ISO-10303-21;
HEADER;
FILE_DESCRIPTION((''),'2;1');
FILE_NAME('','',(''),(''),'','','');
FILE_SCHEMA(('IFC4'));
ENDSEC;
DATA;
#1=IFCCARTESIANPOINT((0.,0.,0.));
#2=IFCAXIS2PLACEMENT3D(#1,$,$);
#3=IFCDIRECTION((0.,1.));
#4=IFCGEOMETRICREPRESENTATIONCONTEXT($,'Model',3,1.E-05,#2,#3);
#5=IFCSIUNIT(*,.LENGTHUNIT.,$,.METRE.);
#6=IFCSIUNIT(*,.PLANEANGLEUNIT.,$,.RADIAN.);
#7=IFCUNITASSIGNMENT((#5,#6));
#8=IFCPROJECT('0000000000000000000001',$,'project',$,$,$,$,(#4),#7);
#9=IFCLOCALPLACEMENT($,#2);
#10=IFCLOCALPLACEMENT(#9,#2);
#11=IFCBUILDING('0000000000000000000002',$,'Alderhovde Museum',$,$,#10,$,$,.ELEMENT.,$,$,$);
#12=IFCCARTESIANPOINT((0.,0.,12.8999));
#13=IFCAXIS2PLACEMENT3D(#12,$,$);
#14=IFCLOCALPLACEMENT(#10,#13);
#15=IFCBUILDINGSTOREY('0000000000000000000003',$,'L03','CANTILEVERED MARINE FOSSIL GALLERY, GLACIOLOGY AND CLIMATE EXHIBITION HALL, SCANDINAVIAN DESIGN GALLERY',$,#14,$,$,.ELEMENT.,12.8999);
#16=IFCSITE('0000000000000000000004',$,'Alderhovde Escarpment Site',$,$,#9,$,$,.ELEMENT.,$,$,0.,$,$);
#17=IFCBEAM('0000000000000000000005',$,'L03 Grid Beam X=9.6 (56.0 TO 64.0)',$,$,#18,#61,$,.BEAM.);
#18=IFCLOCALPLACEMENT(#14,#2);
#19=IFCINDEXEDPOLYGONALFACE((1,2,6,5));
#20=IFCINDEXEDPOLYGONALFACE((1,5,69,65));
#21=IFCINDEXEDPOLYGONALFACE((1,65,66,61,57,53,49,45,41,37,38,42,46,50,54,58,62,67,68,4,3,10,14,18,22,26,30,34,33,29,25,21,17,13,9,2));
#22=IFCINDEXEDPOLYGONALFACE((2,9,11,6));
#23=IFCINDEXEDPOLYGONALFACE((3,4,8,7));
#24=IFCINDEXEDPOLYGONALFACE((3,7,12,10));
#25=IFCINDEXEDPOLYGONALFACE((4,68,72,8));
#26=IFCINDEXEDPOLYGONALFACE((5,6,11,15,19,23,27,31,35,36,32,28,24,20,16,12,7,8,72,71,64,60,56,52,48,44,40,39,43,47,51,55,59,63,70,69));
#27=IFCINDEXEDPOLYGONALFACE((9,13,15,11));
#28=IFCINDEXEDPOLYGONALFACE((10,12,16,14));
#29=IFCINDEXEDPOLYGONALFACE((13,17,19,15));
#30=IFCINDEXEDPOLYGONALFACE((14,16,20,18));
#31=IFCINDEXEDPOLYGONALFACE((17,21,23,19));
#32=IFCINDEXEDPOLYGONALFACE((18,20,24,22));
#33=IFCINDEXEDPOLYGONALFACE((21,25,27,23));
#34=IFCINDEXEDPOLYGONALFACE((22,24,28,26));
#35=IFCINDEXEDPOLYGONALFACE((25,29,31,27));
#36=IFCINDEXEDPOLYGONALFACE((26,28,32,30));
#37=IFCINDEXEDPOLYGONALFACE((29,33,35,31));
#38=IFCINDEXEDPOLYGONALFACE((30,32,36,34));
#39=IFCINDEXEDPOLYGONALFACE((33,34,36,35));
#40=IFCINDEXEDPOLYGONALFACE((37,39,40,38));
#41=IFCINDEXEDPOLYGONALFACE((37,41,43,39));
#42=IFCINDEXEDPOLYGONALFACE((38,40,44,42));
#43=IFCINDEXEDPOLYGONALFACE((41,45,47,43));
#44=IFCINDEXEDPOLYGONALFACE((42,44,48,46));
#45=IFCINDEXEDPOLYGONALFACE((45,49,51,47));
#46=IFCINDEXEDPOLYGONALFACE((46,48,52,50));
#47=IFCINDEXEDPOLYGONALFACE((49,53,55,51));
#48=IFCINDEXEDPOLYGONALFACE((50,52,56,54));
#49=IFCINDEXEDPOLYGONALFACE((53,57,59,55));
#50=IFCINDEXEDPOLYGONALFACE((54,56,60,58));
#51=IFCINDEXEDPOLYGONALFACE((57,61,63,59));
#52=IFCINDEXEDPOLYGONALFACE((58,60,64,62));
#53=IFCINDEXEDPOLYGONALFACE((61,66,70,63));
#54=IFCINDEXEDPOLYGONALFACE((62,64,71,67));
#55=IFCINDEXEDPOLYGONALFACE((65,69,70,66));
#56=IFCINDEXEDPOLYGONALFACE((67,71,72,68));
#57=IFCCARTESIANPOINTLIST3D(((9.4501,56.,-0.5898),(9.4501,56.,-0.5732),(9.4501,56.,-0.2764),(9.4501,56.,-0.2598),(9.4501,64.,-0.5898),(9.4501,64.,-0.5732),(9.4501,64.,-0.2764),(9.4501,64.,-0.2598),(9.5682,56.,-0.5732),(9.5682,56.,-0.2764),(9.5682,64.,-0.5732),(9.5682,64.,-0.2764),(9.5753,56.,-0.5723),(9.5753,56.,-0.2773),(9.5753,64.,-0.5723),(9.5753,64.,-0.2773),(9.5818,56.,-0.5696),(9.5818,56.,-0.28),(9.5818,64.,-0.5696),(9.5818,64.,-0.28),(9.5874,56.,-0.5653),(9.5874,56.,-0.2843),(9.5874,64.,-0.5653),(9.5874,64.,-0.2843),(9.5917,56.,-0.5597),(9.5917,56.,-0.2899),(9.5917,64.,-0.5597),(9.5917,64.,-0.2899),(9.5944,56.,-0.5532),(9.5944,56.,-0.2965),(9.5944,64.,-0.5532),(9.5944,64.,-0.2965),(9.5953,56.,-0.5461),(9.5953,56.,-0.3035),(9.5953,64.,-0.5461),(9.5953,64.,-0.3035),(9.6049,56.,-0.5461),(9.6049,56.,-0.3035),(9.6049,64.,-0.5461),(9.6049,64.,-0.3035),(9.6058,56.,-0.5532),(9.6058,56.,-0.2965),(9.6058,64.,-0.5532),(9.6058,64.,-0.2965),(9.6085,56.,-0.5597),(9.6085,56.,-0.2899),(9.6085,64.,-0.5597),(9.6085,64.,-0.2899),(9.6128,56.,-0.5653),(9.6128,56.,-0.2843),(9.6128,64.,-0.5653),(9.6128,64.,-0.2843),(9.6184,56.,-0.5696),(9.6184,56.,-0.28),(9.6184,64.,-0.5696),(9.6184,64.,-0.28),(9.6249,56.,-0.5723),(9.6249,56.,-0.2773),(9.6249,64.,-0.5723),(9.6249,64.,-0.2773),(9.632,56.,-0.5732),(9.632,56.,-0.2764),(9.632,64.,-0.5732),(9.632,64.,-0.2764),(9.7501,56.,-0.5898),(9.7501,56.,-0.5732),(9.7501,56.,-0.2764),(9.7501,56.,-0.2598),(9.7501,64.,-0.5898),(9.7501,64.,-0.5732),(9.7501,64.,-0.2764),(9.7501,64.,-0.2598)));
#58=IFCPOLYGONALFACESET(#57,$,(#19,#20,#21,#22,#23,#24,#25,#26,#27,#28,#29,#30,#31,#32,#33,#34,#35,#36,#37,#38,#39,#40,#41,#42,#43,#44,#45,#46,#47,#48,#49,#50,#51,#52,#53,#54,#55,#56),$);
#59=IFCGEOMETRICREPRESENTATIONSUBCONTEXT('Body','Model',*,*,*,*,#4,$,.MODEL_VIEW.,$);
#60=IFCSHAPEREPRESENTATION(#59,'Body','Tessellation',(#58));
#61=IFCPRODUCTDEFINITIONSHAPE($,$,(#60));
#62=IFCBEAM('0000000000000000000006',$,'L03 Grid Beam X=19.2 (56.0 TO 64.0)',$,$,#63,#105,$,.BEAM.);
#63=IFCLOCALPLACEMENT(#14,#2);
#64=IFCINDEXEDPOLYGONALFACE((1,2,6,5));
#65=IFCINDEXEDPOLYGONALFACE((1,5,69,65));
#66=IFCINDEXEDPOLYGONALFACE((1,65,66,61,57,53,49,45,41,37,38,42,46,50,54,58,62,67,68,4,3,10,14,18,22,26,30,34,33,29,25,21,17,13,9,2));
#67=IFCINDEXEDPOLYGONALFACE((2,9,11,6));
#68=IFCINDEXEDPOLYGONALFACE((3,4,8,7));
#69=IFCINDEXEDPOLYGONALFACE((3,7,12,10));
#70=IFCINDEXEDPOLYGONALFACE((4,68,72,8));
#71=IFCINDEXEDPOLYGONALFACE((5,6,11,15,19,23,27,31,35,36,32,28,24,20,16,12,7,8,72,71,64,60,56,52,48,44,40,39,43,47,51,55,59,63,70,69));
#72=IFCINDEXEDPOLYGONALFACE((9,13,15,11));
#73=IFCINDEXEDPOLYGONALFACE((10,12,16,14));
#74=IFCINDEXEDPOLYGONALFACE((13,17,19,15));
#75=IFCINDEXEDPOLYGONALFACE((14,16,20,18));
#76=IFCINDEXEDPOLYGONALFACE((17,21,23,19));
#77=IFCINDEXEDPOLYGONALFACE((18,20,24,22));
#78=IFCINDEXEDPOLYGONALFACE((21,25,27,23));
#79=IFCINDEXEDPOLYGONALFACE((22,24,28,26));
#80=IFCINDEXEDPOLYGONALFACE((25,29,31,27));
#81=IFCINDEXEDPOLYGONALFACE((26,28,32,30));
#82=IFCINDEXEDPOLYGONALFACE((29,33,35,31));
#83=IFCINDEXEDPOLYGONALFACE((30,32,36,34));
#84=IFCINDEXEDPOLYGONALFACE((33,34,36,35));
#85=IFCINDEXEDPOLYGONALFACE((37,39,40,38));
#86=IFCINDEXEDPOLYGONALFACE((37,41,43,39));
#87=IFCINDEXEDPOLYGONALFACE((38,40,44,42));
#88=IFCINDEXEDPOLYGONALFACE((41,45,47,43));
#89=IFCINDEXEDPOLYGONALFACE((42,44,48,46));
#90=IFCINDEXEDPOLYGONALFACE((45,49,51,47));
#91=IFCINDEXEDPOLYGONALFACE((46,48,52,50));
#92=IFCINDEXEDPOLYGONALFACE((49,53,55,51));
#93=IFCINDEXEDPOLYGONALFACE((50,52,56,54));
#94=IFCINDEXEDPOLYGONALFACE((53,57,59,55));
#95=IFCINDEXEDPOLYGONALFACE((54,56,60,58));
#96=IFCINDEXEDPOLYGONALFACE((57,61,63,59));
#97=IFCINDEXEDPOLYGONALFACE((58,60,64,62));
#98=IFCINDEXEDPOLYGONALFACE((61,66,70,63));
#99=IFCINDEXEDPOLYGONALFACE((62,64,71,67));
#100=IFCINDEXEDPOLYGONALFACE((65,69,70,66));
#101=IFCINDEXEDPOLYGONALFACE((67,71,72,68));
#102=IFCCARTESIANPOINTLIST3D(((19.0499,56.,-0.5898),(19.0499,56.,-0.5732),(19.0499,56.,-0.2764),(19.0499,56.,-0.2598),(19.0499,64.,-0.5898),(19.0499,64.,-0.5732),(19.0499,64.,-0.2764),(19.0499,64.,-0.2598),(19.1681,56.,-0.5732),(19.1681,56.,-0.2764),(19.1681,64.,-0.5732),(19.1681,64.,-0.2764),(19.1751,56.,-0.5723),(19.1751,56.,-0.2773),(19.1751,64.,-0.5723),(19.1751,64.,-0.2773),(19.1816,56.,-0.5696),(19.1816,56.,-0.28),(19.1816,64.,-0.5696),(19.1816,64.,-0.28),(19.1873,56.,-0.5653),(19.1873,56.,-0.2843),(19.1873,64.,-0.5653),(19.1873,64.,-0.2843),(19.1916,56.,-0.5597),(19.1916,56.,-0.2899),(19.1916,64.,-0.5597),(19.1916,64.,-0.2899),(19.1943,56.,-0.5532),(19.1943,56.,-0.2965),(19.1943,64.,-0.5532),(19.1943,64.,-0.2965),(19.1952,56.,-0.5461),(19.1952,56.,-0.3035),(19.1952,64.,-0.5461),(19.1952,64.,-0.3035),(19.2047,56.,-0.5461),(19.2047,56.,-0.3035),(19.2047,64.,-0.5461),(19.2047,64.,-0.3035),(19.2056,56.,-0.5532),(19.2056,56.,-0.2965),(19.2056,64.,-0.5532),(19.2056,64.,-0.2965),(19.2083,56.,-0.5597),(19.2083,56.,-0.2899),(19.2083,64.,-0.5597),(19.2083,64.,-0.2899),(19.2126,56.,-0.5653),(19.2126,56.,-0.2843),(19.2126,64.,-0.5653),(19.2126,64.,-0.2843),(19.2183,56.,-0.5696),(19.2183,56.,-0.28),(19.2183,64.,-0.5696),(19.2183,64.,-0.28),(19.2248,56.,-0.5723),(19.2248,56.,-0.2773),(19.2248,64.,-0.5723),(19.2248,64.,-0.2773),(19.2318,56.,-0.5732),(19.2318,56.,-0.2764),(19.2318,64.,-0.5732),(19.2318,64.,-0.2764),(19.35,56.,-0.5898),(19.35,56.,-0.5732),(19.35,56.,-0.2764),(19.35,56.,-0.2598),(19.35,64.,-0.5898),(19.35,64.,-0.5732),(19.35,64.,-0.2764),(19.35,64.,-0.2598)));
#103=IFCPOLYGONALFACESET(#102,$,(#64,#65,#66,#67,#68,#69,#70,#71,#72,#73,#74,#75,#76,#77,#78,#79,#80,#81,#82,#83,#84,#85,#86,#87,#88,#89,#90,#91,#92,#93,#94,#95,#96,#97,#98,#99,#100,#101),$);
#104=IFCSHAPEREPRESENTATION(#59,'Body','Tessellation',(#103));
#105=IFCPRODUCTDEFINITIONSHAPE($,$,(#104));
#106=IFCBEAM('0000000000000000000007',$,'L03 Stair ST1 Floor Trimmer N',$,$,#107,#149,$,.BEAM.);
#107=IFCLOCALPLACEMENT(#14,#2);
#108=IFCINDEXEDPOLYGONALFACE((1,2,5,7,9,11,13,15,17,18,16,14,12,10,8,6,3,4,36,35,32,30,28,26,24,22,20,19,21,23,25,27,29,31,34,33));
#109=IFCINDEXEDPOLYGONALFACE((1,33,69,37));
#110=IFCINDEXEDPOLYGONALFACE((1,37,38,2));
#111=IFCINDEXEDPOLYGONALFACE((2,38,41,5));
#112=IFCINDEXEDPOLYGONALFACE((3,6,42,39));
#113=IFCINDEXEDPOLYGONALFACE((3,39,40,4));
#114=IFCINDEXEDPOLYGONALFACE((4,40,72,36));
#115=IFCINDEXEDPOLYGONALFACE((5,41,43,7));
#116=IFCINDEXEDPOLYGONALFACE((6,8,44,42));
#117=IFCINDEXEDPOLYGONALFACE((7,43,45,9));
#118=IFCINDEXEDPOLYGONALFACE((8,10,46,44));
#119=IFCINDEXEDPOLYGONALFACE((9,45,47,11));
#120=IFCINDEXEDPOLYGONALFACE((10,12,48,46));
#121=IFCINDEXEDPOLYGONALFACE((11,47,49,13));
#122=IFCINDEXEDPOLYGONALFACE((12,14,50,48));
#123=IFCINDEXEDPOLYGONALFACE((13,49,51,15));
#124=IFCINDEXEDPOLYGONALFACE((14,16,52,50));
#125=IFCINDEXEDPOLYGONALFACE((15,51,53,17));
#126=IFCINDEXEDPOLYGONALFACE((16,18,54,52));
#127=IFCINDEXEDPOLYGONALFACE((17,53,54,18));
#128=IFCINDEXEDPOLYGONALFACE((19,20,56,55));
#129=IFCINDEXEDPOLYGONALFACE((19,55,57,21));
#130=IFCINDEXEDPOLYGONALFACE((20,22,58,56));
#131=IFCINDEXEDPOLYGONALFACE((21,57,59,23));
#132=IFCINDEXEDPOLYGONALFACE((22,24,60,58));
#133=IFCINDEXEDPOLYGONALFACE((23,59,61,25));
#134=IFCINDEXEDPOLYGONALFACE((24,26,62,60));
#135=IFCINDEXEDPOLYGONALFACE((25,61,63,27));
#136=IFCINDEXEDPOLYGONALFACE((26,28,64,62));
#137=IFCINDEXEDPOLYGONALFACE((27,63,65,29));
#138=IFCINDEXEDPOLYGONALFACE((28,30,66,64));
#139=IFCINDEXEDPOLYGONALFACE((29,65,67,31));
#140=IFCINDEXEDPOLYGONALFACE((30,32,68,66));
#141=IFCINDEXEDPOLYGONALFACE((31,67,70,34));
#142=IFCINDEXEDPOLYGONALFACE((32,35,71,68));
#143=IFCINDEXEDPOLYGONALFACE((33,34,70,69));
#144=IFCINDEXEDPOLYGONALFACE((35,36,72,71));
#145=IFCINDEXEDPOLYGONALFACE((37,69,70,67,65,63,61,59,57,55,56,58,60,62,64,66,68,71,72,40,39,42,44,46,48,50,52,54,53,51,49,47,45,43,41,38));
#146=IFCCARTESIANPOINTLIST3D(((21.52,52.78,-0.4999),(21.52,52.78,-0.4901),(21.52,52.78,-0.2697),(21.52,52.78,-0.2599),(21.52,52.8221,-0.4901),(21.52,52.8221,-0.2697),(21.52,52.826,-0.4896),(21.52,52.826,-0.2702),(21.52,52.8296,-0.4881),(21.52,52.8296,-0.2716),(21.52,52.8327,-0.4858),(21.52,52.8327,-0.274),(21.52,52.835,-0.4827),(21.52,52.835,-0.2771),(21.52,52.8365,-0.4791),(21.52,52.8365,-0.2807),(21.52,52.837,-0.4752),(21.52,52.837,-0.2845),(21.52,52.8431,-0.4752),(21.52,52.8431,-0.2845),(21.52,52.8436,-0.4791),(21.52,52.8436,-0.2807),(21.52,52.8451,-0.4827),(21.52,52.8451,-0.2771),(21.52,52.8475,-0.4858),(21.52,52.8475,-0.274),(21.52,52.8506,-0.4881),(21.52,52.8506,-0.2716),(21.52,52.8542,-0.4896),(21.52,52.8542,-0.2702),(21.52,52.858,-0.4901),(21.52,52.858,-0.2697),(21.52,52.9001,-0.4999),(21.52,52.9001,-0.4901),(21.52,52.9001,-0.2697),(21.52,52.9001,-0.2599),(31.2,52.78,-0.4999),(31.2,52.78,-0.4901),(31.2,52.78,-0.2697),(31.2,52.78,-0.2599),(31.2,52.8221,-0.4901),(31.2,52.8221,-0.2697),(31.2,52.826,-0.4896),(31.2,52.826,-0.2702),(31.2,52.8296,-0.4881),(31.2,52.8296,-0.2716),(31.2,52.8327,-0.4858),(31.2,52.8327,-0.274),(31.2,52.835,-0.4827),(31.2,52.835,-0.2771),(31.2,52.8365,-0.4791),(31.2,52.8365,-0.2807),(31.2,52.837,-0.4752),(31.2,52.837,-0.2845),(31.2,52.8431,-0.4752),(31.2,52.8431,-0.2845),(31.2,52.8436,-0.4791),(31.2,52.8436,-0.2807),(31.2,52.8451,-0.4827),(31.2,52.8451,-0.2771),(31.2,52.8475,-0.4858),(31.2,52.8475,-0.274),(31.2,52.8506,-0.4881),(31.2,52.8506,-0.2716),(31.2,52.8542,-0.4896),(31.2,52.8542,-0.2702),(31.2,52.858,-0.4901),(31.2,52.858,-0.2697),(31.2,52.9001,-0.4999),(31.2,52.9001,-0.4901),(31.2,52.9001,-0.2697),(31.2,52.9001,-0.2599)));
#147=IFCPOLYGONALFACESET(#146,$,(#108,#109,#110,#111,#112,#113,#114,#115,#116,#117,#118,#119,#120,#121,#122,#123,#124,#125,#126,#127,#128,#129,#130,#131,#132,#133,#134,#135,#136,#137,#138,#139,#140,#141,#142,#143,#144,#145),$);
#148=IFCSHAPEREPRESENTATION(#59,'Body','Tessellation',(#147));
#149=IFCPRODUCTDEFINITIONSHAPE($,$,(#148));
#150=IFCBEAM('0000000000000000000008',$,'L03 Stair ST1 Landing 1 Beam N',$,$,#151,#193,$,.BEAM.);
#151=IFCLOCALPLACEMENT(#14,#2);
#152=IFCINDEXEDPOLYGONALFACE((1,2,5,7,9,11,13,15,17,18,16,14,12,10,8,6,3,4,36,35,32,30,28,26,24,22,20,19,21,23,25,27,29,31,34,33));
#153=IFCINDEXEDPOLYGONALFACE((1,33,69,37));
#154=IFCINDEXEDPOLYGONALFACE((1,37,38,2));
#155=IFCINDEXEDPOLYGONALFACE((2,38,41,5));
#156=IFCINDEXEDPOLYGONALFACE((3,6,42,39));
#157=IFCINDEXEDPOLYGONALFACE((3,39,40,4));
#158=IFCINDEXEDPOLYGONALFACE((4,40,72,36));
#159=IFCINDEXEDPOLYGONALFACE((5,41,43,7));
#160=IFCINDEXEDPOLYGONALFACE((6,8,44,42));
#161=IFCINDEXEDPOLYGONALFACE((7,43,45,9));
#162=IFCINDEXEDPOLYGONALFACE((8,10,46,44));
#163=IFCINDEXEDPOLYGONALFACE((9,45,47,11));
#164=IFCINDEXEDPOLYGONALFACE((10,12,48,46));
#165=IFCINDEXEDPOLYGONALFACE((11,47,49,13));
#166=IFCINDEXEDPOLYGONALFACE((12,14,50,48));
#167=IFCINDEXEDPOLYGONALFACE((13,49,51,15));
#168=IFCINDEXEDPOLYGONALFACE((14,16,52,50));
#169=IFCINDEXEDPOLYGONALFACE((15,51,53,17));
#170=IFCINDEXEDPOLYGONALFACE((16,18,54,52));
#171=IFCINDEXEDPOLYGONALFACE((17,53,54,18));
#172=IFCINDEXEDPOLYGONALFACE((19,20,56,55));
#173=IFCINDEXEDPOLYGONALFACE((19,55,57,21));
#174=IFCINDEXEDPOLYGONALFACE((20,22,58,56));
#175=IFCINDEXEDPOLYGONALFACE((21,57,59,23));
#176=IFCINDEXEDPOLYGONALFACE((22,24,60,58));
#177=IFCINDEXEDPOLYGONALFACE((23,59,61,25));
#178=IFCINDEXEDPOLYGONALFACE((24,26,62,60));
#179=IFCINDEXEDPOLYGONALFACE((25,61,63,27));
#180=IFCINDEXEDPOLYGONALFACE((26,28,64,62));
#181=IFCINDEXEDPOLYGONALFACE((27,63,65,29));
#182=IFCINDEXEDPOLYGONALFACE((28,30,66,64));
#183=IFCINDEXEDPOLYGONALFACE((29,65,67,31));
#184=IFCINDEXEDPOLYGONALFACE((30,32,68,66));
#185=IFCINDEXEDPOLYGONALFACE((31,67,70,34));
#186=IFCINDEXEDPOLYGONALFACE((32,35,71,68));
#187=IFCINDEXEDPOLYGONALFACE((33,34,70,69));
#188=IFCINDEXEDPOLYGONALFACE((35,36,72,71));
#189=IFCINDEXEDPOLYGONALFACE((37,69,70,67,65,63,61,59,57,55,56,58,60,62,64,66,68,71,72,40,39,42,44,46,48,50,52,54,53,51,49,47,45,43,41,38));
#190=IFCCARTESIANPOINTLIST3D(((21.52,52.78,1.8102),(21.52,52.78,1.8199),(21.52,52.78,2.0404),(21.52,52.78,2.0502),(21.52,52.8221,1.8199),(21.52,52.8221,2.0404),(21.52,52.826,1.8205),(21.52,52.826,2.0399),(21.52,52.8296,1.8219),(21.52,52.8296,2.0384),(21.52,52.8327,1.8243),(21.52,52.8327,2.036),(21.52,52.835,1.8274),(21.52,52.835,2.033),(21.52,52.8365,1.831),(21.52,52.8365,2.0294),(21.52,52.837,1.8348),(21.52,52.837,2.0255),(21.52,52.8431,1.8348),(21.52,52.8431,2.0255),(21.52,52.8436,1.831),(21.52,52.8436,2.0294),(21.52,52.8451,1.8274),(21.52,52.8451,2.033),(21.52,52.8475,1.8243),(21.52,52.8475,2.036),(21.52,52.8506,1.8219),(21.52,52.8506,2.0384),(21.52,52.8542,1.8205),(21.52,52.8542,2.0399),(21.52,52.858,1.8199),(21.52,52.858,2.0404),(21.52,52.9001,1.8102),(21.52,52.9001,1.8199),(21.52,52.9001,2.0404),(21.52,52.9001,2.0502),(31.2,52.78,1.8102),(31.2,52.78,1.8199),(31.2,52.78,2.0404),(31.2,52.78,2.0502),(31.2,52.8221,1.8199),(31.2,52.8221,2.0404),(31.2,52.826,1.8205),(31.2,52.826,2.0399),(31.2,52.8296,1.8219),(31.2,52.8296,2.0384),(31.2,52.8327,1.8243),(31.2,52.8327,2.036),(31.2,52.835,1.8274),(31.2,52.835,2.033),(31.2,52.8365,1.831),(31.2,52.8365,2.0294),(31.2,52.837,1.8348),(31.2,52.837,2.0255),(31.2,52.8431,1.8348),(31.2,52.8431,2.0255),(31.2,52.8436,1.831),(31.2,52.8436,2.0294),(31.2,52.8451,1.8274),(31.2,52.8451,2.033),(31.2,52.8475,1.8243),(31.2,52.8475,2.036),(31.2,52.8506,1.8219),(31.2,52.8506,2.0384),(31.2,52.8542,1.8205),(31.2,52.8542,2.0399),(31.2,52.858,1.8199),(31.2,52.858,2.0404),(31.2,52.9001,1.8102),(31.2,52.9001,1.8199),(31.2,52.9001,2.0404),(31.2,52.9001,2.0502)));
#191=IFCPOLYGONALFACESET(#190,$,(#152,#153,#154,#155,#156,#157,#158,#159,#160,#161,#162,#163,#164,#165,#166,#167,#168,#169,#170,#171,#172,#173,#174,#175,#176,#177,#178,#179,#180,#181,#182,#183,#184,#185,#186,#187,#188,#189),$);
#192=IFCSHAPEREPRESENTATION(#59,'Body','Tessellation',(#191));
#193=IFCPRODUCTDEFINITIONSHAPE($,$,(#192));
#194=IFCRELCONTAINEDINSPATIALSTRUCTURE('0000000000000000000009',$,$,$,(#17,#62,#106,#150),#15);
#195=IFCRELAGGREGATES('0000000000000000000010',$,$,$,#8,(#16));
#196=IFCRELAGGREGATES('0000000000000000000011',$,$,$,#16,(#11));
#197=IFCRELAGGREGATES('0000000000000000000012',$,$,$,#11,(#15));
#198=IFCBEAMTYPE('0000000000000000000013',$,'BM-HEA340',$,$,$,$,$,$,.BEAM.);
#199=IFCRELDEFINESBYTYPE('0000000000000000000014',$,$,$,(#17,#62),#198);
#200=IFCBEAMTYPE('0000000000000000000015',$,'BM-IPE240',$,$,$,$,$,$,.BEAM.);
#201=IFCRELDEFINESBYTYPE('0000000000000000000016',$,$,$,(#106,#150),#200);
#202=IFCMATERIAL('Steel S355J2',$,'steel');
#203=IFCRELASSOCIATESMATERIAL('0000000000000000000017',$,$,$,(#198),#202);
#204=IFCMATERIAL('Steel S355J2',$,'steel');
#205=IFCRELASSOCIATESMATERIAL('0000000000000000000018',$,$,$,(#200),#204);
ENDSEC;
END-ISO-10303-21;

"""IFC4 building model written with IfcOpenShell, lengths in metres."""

from ifc_helpers import new_model, si_unit, direction, frame, origin, origin_2d, place, context, subcontext, project, spatial, i_section, extrude, material, material_profile, profile_set, type_object, element, save


model = new_model("IFC4")

# Units and contexts
model_context = context("Model", 3, precision=1e-05, world=origin(), true_north=direction((0.0, 1.0)))
body_context = subcontext(model_context, "Body", "Model", "MODEL_VIEW")
ifc_project = project(units=[si_unit("LENGTHUNIT", "METRE"), si_unit("PLANEANGLEUNIT", "RADIAN")], contexts=[model_context])

# Site, building, storey
site_placement = place(None, origin())
site = spatial("IfcSite", under=ifc_project, at=site_placement, Name="Alderhovde Escarpment Site", CompositionType="ELEMENT", RefElevation=0.0)
building_placement = place(site_placement, origin())
building = spatial("IfcBuilding", under=site, at=building_placement, Name="Alderhovde Museum", CompositionType="ELEMENT")
storey_placement = place(building_placement, frame((0.0, 0.0, 12.8999)))
storey = spatial("IfcBuildingStorey", under=building, at=storey_placement, Name="L03", Description="CANTILEVERED MARINE FOSSIL GALLERY, GLACIOLOGY AND CLIMATE EXHIBITION HALL, SCANDINAVIAN DESIGN GALLERY", CompositionType="ELEMENT", Elevation=12.8999)

# Beams
ifc_material_1 = material(Name="Steel S355J2", Category="steel")
ifc_material_profile_1 = material_profile(ifc_material_1, i_section(OverallWidth=0.3, OverallDepth=0.3301, WebThickness=0.0095, FlangeThickness=0.0166, FilletRadius=0.0271, at=origin_2d()), Name="HEA 340")
ifc_profile_set_1 = profile_set([ifc_material_profile_1], Name="Steel S355J2")
beam_type_1 = type_object("IfcBeamType", Name="BM-HEA340", PredefinedType="BEAM", material=ifc_profile_set_1)
for number, where, z_axis, x_axis, name in (
    (1, (9.6001, 56.0, -0.4248), (0.0, 1.0, 0.0), (-1.0, 0.0, 0.0), "L03 Grid Beam X=9.6 (56.0 TO 64.0)"),
    (2, (19.2, 56.0, -0.4248), (0.0, 1.0, 0.0), (-1.0, 0.0, 0.0), "L03 Grid Beam X=19.2 (56.0 TO 64.0)"),
):
    element("IfcBeam", number, at=place(storey_placement, frame(where, z_axis=z_axis, x_axis=x_axis)), inside=storey, type_object=beam_type_1, Name=name, PredefinedType="BEAM", context=body_context, shape_type="SweptSolid", body=[
        extrude(i_section(OverallWidth=0.3, OverallDepth=0.3301, WebThickness=0.0095, FlangeThickness=0.0166, FilletRadius=0.0271, at=origin_2d()), origin(), (0.0, 0.0, 1.0), 8.0),
    ])
ifc_material_2 = material(Name="Steel S355J2", Category="steel")
ifc_material_profile_2 = material_profile(ifc_material_2, i_section(OverallWidth=0.1201, OverallDepth=0.24, WebThickness=0.0061, FlangeThickness=0.0098, FilletRadius=0.0149, at=origin_2d()), Name="IPE 240")
ifc_profile_set_2 = profile_set([ifc_material_profile_2], Name="Steel S355J2")
beam_type_2 = type_object("IfcBeamType", Name="BM-IPE240", PredefinedType="BEAM", material=ifc_profile_set_2)
for number, where, z_axis, x_axis, name in (
    (3, (21.52, 52.8401, -0.3799), (1.0, 0.0, 0.0), (0.0, 1.0, 0.0), "L03 Stair ST1 Floor Trimmer N"),
    (4, (21.52, 52.8401, 1.9302), (1.0, 0.0, 0.0), (0.0, 1.0, 0.0), "L03 Stair ST1 Landing 1 Beam N"),
):
    element("IfcBeam", number, at=place(storey_placement, frame(where, z_axis=z_axis, x_axis=x_axis)), inside=storey, type_object=beam_type_2, Name=name, PredefinedType="BEAM", context=body_context, shape_type="SweptSolid", body=[
        extrude(i_section(OverallWidth=0.1201, OverallDepth=0.24, WebThickness=0.0061, FlangeThickness=0.0098, FilletRadius=0.0149, at=origin_2d()), origin(), (0.0, 0.0, 1.0), 9.6799),
    ])

save(model, "model.ifc")
